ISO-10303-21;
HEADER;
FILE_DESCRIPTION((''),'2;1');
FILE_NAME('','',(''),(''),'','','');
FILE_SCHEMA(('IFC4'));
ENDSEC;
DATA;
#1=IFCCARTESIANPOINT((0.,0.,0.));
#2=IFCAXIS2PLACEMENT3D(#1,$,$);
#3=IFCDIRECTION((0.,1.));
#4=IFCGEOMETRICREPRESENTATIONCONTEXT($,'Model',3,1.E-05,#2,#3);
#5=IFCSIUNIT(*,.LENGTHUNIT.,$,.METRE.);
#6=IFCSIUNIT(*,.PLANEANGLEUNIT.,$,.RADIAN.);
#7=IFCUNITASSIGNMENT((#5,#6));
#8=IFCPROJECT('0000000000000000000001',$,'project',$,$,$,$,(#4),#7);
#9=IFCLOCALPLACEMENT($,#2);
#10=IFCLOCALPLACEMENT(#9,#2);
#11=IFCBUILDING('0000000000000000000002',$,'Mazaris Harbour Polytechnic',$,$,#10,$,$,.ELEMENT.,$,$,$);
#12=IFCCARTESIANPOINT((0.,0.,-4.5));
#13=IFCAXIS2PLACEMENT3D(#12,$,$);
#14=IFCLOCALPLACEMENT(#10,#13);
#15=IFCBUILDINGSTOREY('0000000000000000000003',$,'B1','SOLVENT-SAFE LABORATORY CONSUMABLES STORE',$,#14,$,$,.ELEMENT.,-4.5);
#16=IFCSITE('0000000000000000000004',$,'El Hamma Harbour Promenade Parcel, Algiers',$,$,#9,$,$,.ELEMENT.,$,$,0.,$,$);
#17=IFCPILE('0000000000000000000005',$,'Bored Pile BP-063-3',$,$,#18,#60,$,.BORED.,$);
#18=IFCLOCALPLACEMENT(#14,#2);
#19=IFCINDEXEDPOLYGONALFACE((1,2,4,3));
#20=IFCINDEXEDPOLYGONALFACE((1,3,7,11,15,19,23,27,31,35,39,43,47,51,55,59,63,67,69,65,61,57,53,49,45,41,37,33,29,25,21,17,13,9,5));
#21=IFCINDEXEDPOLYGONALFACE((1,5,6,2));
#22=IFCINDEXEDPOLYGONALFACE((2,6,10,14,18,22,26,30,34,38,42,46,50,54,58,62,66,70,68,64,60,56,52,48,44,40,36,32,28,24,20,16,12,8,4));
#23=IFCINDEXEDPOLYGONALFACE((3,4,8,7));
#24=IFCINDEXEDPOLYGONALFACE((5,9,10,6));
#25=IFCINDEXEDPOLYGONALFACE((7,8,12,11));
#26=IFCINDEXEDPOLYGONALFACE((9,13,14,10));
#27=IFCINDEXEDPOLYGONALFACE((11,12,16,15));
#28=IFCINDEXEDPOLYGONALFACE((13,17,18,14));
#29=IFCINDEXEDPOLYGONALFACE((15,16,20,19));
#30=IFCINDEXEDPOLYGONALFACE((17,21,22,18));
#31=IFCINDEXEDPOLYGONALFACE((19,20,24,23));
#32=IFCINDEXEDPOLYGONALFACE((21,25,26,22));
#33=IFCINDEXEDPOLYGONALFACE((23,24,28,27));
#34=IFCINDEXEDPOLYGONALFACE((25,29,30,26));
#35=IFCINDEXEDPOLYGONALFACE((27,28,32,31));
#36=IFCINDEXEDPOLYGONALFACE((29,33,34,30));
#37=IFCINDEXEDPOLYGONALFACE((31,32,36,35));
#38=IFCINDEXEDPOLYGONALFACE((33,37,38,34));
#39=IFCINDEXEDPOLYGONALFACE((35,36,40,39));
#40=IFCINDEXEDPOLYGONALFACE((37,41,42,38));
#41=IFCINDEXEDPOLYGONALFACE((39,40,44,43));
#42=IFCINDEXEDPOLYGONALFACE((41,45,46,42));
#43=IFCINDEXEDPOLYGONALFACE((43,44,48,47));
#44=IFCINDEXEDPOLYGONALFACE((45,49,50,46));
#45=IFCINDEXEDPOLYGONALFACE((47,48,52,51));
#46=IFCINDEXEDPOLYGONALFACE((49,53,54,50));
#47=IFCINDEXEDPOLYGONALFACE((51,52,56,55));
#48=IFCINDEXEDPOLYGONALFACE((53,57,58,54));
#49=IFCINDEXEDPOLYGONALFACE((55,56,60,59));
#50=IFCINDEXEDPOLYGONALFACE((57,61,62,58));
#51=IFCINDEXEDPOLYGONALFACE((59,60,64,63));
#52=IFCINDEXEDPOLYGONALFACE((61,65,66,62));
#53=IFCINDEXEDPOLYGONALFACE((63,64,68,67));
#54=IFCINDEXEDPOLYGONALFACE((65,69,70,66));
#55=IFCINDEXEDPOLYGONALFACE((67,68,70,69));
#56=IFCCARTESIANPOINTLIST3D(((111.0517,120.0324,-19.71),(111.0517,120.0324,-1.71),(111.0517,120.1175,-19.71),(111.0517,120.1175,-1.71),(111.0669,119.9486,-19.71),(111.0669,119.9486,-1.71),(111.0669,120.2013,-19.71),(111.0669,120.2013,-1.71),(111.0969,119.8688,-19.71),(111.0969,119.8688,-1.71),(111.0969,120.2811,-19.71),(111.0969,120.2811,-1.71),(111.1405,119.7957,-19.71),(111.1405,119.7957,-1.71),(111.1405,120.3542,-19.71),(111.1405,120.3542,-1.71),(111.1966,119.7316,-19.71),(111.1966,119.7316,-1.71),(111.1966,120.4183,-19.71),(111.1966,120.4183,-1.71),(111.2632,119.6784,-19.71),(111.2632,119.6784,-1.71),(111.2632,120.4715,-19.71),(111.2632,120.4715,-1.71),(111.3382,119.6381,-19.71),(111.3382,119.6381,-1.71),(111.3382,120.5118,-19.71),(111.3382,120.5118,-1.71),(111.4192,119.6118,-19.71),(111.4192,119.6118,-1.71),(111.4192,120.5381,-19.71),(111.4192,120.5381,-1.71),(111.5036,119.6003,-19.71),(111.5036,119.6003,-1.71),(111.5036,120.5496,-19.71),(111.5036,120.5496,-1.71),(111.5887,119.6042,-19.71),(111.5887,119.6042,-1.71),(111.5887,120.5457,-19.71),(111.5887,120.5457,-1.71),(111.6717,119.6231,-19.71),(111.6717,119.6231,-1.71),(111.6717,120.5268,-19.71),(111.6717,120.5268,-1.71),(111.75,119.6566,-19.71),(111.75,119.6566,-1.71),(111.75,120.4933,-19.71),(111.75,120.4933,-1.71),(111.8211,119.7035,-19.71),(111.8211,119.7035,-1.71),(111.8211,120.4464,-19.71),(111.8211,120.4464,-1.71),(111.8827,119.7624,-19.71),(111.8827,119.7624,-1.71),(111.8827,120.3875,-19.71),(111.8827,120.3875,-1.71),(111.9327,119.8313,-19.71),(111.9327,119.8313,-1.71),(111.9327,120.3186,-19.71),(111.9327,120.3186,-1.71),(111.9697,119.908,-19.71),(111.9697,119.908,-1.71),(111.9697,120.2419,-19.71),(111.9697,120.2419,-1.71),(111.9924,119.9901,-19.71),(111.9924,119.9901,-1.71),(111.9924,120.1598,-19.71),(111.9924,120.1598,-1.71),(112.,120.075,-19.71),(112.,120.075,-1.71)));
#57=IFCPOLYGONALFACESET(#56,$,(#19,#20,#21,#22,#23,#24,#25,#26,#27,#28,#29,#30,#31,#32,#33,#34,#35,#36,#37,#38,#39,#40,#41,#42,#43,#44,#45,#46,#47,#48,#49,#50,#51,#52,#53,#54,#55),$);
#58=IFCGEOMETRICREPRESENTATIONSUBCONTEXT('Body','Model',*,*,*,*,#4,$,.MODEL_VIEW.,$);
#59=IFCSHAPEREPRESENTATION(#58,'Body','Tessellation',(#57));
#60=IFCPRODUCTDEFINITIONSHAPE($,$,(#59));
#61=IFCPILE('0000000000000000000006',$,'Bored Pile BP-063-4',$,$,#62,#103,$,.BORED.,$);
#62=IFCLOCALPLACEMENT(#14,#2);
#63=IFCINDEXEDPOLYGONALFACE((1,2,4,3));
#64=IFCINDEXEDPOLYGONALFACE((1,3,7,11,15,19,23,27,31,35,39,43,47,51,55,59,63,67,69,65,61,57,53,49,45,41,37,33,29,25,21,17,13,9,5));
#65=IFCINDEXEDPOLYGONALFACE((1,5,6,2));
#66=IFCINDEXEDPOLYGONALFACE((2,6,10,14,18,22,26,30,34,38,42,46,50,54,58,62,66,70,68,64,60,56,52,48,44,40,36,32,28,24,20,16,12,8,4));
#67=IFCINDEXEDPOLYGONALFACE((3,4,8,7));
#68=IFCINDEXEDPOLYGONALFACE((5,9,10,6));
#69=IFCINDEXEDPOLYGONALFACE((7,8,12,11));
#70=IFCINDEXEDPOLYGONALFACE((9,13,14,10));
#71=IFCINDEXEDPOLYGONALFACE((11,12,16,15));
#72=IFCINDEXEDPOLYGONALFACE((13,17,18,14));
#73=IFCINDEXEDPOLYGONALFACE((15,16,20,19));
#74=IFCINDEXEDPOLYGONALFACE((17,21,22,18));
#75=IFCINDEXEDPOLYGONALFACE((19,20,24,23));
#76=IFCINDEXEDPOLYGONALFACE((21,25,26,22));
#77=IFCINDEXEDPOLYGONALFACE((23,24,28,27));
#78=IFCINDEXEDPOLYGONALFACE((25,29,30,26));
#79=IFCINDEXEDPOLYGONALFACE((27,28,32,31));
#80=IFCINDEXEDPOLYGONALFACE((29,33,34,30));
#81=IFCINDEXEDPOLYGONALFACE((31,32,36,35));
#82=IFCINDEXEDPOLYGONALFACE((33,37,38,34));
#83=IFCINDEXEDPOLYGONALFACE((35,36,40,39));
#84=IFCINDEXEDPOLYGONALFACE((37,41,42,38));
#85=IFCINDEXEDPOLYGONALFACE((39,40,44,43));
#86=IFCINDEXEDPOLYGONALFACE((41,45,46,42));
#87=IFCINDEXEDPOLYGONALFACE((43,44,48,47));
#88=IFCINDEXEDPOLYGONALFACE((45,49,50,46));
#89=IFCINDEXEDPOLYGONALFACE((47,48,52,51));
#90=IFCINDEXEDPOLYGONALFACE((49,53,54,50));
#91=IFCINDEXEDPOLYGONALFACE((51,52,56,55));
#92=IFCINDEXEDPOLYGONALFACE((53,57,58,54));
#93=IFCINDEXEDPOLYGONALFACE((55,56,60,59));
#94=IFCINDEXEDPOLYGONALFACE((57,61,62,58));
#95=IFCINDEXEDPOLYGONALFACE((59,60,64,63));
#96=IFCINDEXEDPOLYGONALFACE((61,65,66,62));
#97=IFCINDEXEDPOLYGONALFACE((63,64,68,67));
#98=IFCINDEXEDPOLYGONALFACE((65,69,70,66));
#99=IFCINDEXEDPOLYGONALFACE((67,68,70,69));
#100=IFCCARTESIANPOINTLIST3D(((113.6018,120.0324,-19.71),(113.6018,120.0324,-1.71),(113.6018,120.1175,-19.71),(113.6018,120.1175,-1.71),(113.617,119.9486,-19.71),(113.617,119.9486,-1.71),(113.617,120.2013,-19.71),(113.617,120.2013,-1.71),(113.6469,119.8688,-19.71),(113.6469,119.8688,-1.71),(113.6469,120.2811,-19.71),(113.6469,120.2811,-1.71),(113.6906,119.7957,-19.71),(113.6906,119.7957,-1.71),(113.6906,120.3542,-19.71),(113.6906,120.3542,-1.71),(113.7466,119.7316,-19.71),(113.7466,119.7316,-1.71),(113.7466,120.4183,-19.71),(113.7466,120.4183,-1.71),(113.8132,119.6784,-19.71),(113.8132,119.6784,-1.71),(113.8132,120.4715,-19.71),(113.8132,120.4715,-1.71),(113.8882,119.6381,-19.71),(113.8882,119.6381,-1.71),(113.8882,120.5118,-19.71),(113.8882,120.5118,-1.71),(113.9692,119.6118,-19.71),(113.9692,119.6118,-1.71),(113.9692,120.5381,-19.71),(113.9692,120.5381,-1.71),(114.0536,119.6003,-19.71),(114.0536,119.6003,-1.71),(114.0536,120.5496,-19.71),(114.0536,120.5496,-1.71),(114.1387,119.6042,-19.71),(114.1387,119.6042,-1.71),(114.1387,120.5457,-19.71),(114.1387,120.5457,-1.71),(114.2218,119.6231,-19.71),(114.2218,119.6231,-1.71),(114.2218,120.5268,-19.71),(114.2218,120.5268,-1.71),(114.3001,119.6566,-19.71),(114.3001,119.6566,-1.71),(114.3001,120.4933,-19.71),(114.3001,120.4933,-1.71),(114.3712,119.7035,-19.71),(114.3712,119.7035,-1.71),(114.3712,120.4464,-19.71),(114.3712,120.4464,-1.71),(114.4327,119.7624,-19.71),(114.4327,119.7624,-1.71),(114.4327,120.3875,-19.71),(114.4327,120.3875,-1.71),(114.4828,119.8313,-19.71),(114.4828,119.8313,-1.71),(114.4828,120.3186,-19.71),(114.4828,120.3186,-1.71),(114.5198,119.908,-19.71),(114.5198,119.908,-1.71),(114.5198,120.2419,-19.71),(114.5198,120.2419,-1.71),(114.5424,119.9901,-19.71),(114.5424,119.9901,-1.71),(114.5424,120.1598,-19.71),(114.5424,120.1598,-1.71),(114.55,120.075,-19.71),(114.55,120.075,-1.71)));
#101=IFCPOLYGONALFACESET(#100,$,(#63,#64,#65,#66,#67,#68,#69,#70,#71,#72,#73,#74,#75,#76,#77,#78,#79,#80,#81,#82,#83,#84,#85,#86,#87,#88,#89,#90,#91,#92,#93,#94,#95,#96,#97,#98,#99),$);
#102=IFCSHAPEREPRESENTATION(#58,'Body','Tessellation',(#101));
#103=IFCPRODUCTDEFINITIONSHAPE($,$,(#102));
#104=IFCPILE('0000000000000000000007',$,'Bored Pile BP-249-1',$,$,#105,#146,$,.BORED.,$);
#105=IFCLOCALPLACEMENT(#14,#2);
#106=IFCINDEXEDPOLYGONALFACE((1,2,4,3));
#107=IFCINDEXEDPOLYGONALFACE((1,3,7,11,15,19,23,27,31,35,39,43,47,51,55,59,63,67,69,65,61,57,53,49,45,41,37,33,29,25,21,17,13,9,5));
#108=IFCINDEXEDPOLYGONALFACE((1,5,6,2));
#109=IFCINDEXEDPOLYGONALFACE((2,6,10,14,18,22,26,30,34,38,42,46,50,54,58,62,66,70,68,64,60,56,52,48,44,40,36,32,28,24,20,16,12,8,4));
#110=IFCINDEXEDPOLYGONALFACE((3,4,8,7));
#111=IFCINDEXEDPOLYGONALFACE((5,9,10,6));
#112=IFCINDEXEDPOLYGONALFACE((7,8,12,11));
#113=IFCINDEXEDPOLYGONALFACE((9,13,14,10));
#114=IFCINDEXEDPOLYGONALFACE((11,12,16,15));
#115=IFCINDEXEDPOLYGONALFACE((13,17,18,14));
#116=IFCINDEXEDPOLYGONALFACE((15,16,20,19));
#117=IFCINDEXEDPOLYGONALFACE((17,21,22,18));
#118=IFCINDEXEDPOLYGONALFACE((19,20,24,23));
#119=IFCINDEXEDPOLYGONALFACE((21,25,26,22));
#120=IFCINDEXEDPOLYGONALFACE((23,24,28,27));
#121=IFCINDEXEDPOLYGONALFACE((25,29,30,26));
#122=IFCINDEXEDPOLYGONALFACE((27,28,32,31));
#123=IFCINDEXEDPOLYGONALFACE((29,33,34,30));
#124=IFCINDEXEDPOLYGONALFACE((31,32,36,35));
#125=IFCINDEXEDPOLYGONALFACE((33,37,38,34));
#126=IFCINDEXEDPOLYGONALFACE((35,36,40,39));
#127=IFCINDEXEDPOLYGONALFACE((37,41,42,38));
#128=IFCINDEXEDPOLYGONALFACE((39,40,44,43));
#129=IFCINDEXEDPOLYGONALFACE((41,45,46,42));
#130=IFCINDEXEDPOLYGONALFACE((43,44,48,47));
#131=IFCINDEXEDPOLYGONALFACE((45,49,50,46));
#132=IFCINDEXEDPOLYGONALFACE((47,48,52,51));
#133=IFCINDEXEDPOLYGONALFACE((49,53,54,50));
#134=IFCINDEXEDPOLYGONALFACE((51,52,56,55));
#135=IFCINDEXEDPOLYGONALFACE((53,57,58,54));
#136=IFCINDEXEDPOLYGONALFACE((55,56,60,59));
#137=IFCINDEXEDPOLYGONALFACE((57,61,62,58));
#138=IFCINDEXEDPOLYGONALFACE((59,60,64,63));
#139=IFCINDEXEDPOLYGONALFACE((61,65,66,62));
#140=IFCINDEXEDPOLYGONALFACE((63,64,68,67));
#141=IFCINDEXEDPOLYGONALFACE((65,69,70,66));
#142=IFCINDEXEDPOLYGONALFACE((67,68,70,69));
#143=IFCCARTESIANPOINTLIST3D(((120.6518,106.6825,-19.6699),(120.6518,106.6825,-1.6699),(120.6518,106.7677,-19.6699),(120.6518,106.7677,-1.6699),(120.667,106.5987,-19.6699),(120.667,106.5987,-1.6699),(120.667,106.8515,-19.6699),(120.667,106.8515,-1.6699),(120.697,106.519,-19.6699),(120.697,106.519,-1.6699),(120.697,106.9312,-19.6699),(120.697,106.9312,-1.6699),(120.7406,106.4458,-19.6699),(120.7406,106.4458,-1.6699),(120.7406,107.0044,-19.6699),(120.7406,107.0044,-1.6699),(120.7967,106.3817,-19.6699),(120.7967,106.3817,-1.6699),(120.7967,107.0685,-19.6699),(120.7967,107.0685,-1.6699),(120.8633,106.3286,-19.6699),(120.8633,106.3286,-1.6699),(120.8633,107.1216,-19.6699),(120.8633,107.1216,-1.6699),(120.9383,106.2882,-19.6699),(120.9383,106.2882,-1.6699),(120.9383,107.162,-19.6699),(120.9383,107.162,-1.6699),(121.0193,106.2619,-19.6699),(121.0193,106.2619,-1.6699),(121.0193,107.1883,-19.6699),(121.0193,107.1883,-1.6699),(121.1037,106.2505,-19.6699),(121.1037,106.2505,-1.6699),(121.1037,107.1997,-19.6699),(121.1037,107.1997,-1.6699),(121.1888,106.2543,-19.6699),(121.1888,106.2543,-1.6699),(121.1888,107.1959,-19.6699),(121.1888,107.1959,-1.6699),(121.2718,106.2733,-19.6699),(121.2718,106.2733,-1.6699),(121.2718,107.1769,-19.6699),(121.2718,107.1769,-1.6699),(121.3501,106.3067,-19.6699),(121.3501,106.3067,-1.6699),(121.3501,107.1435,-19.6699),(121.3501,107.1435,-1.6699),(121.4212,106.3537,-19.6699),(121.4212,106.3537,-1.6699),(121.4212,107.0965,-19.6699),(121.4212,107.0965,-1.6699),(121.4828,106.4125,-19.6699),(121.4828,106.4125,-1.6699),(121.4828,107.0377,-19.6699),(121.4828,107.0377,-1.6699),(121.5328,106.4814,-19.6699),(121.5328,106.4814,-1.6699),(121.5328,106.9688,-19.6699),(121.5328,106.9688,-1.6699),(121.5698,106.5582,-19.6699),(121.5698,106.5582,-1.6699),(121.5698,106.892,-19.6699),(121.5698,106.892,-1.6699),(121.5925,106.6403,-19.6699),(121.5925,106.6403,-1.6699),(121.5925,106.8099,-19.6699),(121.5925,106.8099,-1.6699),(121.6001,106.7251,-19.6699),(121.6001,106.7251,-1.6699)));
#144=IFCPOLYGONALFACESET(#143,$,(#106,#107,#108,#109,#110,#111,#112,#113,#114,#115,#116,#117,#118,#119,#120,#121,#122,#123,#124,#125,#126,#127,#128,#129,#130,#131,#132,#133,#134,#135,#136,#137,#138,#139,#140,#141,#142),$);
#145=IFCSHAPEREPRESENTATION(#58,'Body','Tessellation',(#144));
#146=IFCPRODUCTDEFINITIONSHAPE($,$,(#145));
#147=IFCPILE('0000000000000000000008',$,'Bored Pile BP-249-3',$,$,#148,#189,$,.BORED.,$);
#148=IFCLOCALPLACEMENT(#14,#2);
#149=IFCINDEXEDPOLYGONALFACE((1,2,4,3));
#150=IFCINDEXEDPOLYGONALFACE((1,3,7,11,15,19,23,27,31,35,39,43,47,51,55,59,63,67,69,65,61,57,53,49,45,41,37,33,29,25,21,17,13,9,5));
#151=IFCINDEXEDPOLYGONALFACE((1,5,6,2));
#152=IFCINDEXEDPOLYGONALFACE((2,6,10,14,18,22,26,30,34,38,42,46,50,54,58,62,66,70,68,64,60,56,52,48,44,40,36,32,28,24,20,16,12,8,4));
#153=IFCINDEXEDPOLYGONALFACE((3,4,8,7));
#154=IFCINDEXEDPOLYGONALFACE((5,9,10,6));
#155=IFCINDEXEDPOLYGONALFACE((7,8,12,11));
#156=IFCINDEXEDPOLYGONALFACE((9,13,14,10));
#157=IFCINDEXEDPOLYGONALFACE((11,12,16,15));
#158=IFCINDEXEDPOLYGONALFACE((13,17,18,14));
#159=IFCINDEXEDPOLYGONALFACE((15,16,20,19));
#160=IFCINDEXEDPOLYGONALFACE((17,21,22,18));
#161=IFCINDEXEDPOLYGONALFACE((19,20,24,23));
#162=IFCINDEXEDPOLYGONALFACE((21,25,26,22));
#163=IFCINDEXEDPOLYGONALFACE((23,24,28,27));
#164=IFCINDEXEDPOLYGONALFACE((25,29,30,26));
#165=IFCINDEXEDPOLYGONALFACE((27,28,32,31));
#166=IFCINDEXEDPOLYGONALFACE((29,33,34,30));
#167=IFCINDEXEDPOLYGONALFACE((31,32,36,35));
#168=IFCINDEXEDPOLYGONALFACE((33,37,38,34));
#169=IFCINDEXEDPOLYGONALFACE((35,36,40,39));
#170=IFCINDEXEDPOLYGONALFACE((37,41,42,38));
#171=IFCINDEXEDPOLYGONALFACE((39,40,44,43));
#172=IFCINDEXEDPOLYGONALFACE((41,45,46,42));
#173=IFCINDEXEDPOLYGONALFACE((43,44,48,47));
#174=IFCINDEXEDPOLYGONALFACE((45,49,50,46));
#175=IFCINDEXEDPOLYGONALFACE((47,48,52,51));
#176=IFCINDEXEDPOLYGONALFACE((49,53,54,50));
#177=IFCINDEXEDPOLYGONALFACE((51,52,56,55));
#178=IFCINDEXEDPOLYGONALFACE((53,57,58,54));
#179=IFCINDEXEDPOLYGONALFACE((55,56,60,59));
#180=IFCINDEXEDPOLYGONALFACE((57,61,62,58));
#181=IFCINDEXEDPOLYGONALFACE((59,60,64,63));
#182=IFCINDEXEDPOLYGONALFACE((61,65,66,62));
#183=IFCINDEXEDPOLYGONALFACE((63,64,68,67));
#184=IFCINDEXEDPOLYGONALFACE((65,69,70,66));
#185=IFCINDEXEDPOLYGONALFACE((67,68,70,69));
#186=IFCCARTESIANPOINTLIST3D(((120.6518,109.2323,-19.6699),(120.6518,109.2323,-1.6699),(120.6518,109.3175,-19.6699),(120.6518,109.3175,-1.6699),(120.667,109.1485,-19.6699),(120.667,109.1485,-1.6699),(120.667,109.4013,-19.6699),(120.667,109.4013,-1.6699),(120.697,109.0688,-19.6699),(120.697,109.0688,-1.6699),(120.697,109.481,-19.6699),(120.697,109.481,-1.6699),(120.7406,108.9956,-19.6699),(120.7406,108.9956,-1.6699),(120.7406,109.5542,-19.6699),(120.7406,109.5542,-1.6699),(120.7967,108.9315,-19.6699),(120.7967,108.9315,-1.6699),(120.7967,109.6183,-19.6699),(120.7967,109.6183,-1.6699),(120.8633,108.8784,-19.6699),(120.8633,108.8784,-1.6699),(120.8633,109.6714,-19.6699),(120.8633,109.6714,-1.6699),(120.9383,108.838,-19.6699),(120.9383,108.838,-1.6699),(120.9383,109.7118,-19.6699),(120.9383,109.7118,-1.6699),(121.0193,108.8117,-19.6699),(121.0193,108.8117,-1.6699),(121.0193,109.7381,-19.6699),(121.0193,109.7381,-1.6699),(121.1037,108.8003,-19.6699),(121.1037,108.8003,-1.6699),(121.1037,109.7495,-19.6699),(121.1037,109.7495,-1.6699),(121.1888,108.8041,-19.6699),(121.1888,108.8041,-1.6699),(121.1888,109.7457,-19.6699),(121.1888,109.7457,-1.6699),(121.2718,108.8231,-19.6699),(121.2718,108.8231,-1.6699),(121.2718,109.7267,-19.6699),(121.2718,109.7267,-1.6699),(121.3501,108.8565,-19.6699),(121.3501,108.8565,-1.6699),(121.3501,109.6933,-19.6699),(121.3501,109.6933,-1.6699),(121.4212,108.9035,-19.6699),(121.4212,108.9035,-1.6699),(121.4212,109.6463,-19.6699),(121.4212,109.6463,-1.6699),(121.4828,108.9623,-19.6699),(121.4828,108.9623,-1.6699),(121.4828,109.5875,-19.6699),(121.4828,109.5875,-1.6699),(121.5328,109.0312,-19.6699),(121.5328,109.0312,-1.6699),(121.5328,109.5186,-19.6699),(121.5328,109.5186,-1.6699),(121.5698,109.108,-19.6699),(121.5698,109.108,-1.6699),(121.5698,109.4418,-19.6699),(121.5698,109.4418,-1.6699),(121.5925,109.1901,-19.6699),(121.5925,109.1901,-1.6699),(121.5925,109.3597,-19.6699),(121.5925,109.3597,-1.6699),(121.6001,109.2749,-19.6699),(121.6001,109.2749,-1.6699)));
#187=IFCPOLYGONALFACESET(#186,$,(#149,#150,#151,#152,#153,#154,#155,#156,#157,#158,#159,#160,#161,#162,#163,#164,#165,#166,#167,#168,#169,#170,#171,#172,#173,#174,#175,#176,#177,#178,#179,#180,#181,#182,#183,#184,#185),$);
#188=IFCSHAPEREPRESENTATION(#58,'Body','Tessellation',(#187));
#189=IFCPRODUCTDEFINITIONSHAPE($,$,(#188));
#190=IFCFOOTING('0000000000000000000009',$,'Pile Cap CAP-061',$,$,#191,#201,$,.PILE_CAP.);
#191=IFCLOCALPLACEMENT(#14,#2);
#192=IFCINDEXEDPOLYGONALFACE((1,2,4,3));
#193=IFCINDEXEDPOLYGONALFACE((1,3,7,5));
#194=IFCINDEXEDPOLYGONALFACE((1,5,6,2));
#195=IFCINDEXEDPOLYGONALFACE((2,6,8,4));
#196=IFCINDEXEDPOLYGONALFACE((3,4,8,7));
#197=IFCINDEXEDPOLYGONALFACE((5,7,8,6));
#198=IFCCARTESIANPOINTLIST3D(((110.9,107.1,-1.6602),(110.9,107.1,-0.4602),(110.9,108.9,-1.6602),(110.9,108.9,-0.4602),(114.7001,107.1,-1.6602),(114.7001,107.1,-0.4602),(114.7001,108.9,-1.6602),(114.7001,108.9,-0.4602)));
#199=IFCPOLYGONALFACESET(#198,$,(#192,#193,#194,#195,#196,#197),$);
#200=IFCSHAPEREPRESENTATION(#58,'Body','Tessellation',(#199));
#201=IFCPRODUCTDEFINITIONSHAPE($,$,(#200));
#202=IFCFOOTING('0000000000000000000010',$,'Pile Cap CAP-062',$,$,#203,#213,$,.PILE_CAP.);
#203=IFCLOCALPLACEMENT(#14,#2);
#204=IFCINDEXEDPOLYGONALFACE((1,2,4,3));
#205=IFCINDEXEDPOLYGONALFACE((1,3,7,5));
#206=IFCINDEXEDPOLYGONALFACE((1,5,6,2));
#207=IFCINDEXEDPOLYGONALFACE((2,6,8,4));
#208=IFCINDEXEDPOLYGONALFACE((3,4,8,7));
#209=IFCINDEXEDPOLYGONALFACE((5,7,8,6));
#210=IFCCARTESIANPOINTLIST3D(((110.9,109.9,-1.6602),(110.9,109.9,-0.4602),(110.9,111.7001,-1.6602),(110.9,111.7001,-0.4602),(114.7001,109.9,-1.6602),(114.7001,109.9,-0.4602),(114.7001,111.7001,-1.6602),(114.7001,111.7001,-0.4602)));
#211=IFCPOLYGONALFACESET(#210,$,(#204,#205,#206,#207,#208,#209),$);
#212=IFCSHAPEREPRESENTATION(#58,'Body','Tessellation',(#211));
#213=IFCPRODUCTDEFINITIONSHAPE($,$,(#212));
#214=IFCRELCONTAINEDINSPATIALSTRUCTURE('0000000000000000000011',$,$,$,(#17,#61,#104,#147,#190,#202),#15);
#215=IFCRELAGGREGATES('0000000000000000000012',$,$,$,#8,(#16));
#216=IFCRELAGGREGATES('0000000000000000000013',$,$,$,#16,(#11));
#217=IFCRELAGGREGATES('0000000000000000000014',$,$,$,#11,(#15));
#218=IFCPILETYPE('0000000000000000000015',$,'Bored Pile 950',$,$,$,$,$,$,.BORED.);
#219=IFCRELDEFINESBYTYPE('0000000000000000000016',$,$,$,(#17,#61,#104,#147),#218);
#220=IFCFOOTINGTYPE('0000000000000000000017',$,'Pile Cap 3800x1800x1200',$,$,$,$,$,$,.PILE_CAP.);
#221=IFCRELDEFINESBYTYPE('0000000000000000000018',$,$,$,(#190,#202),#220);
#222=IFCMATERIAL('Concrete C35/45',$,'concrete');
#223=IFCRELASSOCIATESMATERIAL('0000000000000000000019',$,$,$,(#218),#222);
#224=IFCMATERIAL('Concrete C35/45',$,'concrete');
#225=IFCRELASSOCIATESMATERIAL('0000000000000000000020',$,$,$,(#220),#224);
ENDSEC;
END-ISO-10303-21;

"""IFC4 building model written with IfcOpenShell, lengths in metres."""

from ifc_helpers import new_model, si_unit, direction, frame, origin, origin_2d, place, context, subcontext, project, spatial, rectangle, circle, extrude, material, material_profile, profile_set, type_object, element, save


model = new_model("IFC4")

# Units and contexts
model_context = context("Model", 3, precision=1e-05, world=origin(), true_north=direction((0.0, 1.0)))
body_context = subcontext(model_context, "Body", "Model", "MODEL_VIEW")
ifc_project = project(units=[si_unit("LENGTHUNIT", "METRE"), si_unit("PLANEANGLEUNIT", "RADIAN")], contexts=[model_context])

# Site, building, storey
site_placement = place(None, origin())
site = spatial("IfcSite", under=ifc_project, at=site_placement, Name="El Hamma Harbour Promenade Parcel, Algiers", CompositionType="ELEMENT", RefElevation=0.0)
building_placement = place(site_placement, origin())
building = spatial("IfcBuilding", under=site, at=building_placement, Name="Mazaris Harbour Polytechnic", CompositionType="ELEMENT")
storey_placement = place(building_placement, frame((0.0, 0.0, -4.5)))
storey = spatial("IfcBuildingStorey", under=building, at=storey_placement, Name="B1", Description="SOLVENT-SAFE LABORATORY CONSUMABLES STORE", CompositionType="ELEMENT", Elevation=-4.5)

# Piles
ifc_material_1 = material(Name="Concrete C35/45", Category="concrete")
ifc_material_profile_1 = material_profile(ifc_material_1, circle(Radius=0.4751, at=origin_2d()), Name="DIA950")
ifc_profile_set_1 = profile_set([ifc_material_profile_1], Name="Concrete C35/45")
pile_type_1 = type_object("IfcPileType", Name="Bored Pile 950", PredefinedType="BORED", material=ifc_profile_set_1)
for number, where, z_axis, x_axis, name in (
    (1, (111.5249, 120.075, -1.71), (0.0, 0.0, -1.0), (1.0, 0.0, 0.0), "Bored Pile BP-063-3"),
    (2, (114.075, 120.075, -1.71), (0.0, 0.0, -1.0), (1.0, 0.0, 0.0), "Bored Pile BP-063-4"),
    (3, (121.125, 106.7251, -1.6699), (0.0, 0.0, -1.0), (1.0, 0.0, 0.0), "Bored Pile BP-249-1"),
    (4, (121.125, 109.2749, -1.6699), (0.0, 0.0, -1.0), (1.0, 0.0, 0.0), "Bored Pile BP-249-3"),
):
    element("IfcPile", number, at=place(storey_placement, frame(where, z_axis=z_axis, x_axis=x_axis)), inside=storey, type_object=pile_type_1, Name=name, PredefinedType="BORED", context=body_context, shape_type="SweptSolid", body=[
        extrude(circle(Radius=0.4751, at=origin_2d()), origin(), (0.0, 0.0, 1.0), 18.0),
    ])

# Footings
ifc_material_2 = material(Name="Concrete C35/45", Category="concrete")
footing_type_1 = type_object("IfcFootingType", Name="Pile Cap 3800x1800x1200", PredefinedType="PILE_CAP", material=ifc_material_2)
for number, where, z_axis, x_axis, name in (
    (5, (112.8, 108.0, -1.6602), (0.0, 0.0, 1.0), (1.0, 0.0, 0.0), "Pile Cap CAP-061"),
    (6, (112.8, 110.8, -1.6602), (0.0, 0.0, 1.0), (1.0, 0.0, 0.0), "Pile Cap CAP-062"),
):
    element("IfcFooting", number, at=place(storey_placement, frame(where, z_axis=z_axis, x_axis=x_axis)), inside=storey, type_object=footing_type_1, Name=name, PredefinedType="PILE_CAP", context=body_context, shape_type="SweptSolid", body=[
        extrude(rectangle(XDim=3.8, YDim=1.8, at=origin_2d()), origin(), (0.0, 0.0, 1.0), 1.2),
    ])

save(model, "model.ifc")
